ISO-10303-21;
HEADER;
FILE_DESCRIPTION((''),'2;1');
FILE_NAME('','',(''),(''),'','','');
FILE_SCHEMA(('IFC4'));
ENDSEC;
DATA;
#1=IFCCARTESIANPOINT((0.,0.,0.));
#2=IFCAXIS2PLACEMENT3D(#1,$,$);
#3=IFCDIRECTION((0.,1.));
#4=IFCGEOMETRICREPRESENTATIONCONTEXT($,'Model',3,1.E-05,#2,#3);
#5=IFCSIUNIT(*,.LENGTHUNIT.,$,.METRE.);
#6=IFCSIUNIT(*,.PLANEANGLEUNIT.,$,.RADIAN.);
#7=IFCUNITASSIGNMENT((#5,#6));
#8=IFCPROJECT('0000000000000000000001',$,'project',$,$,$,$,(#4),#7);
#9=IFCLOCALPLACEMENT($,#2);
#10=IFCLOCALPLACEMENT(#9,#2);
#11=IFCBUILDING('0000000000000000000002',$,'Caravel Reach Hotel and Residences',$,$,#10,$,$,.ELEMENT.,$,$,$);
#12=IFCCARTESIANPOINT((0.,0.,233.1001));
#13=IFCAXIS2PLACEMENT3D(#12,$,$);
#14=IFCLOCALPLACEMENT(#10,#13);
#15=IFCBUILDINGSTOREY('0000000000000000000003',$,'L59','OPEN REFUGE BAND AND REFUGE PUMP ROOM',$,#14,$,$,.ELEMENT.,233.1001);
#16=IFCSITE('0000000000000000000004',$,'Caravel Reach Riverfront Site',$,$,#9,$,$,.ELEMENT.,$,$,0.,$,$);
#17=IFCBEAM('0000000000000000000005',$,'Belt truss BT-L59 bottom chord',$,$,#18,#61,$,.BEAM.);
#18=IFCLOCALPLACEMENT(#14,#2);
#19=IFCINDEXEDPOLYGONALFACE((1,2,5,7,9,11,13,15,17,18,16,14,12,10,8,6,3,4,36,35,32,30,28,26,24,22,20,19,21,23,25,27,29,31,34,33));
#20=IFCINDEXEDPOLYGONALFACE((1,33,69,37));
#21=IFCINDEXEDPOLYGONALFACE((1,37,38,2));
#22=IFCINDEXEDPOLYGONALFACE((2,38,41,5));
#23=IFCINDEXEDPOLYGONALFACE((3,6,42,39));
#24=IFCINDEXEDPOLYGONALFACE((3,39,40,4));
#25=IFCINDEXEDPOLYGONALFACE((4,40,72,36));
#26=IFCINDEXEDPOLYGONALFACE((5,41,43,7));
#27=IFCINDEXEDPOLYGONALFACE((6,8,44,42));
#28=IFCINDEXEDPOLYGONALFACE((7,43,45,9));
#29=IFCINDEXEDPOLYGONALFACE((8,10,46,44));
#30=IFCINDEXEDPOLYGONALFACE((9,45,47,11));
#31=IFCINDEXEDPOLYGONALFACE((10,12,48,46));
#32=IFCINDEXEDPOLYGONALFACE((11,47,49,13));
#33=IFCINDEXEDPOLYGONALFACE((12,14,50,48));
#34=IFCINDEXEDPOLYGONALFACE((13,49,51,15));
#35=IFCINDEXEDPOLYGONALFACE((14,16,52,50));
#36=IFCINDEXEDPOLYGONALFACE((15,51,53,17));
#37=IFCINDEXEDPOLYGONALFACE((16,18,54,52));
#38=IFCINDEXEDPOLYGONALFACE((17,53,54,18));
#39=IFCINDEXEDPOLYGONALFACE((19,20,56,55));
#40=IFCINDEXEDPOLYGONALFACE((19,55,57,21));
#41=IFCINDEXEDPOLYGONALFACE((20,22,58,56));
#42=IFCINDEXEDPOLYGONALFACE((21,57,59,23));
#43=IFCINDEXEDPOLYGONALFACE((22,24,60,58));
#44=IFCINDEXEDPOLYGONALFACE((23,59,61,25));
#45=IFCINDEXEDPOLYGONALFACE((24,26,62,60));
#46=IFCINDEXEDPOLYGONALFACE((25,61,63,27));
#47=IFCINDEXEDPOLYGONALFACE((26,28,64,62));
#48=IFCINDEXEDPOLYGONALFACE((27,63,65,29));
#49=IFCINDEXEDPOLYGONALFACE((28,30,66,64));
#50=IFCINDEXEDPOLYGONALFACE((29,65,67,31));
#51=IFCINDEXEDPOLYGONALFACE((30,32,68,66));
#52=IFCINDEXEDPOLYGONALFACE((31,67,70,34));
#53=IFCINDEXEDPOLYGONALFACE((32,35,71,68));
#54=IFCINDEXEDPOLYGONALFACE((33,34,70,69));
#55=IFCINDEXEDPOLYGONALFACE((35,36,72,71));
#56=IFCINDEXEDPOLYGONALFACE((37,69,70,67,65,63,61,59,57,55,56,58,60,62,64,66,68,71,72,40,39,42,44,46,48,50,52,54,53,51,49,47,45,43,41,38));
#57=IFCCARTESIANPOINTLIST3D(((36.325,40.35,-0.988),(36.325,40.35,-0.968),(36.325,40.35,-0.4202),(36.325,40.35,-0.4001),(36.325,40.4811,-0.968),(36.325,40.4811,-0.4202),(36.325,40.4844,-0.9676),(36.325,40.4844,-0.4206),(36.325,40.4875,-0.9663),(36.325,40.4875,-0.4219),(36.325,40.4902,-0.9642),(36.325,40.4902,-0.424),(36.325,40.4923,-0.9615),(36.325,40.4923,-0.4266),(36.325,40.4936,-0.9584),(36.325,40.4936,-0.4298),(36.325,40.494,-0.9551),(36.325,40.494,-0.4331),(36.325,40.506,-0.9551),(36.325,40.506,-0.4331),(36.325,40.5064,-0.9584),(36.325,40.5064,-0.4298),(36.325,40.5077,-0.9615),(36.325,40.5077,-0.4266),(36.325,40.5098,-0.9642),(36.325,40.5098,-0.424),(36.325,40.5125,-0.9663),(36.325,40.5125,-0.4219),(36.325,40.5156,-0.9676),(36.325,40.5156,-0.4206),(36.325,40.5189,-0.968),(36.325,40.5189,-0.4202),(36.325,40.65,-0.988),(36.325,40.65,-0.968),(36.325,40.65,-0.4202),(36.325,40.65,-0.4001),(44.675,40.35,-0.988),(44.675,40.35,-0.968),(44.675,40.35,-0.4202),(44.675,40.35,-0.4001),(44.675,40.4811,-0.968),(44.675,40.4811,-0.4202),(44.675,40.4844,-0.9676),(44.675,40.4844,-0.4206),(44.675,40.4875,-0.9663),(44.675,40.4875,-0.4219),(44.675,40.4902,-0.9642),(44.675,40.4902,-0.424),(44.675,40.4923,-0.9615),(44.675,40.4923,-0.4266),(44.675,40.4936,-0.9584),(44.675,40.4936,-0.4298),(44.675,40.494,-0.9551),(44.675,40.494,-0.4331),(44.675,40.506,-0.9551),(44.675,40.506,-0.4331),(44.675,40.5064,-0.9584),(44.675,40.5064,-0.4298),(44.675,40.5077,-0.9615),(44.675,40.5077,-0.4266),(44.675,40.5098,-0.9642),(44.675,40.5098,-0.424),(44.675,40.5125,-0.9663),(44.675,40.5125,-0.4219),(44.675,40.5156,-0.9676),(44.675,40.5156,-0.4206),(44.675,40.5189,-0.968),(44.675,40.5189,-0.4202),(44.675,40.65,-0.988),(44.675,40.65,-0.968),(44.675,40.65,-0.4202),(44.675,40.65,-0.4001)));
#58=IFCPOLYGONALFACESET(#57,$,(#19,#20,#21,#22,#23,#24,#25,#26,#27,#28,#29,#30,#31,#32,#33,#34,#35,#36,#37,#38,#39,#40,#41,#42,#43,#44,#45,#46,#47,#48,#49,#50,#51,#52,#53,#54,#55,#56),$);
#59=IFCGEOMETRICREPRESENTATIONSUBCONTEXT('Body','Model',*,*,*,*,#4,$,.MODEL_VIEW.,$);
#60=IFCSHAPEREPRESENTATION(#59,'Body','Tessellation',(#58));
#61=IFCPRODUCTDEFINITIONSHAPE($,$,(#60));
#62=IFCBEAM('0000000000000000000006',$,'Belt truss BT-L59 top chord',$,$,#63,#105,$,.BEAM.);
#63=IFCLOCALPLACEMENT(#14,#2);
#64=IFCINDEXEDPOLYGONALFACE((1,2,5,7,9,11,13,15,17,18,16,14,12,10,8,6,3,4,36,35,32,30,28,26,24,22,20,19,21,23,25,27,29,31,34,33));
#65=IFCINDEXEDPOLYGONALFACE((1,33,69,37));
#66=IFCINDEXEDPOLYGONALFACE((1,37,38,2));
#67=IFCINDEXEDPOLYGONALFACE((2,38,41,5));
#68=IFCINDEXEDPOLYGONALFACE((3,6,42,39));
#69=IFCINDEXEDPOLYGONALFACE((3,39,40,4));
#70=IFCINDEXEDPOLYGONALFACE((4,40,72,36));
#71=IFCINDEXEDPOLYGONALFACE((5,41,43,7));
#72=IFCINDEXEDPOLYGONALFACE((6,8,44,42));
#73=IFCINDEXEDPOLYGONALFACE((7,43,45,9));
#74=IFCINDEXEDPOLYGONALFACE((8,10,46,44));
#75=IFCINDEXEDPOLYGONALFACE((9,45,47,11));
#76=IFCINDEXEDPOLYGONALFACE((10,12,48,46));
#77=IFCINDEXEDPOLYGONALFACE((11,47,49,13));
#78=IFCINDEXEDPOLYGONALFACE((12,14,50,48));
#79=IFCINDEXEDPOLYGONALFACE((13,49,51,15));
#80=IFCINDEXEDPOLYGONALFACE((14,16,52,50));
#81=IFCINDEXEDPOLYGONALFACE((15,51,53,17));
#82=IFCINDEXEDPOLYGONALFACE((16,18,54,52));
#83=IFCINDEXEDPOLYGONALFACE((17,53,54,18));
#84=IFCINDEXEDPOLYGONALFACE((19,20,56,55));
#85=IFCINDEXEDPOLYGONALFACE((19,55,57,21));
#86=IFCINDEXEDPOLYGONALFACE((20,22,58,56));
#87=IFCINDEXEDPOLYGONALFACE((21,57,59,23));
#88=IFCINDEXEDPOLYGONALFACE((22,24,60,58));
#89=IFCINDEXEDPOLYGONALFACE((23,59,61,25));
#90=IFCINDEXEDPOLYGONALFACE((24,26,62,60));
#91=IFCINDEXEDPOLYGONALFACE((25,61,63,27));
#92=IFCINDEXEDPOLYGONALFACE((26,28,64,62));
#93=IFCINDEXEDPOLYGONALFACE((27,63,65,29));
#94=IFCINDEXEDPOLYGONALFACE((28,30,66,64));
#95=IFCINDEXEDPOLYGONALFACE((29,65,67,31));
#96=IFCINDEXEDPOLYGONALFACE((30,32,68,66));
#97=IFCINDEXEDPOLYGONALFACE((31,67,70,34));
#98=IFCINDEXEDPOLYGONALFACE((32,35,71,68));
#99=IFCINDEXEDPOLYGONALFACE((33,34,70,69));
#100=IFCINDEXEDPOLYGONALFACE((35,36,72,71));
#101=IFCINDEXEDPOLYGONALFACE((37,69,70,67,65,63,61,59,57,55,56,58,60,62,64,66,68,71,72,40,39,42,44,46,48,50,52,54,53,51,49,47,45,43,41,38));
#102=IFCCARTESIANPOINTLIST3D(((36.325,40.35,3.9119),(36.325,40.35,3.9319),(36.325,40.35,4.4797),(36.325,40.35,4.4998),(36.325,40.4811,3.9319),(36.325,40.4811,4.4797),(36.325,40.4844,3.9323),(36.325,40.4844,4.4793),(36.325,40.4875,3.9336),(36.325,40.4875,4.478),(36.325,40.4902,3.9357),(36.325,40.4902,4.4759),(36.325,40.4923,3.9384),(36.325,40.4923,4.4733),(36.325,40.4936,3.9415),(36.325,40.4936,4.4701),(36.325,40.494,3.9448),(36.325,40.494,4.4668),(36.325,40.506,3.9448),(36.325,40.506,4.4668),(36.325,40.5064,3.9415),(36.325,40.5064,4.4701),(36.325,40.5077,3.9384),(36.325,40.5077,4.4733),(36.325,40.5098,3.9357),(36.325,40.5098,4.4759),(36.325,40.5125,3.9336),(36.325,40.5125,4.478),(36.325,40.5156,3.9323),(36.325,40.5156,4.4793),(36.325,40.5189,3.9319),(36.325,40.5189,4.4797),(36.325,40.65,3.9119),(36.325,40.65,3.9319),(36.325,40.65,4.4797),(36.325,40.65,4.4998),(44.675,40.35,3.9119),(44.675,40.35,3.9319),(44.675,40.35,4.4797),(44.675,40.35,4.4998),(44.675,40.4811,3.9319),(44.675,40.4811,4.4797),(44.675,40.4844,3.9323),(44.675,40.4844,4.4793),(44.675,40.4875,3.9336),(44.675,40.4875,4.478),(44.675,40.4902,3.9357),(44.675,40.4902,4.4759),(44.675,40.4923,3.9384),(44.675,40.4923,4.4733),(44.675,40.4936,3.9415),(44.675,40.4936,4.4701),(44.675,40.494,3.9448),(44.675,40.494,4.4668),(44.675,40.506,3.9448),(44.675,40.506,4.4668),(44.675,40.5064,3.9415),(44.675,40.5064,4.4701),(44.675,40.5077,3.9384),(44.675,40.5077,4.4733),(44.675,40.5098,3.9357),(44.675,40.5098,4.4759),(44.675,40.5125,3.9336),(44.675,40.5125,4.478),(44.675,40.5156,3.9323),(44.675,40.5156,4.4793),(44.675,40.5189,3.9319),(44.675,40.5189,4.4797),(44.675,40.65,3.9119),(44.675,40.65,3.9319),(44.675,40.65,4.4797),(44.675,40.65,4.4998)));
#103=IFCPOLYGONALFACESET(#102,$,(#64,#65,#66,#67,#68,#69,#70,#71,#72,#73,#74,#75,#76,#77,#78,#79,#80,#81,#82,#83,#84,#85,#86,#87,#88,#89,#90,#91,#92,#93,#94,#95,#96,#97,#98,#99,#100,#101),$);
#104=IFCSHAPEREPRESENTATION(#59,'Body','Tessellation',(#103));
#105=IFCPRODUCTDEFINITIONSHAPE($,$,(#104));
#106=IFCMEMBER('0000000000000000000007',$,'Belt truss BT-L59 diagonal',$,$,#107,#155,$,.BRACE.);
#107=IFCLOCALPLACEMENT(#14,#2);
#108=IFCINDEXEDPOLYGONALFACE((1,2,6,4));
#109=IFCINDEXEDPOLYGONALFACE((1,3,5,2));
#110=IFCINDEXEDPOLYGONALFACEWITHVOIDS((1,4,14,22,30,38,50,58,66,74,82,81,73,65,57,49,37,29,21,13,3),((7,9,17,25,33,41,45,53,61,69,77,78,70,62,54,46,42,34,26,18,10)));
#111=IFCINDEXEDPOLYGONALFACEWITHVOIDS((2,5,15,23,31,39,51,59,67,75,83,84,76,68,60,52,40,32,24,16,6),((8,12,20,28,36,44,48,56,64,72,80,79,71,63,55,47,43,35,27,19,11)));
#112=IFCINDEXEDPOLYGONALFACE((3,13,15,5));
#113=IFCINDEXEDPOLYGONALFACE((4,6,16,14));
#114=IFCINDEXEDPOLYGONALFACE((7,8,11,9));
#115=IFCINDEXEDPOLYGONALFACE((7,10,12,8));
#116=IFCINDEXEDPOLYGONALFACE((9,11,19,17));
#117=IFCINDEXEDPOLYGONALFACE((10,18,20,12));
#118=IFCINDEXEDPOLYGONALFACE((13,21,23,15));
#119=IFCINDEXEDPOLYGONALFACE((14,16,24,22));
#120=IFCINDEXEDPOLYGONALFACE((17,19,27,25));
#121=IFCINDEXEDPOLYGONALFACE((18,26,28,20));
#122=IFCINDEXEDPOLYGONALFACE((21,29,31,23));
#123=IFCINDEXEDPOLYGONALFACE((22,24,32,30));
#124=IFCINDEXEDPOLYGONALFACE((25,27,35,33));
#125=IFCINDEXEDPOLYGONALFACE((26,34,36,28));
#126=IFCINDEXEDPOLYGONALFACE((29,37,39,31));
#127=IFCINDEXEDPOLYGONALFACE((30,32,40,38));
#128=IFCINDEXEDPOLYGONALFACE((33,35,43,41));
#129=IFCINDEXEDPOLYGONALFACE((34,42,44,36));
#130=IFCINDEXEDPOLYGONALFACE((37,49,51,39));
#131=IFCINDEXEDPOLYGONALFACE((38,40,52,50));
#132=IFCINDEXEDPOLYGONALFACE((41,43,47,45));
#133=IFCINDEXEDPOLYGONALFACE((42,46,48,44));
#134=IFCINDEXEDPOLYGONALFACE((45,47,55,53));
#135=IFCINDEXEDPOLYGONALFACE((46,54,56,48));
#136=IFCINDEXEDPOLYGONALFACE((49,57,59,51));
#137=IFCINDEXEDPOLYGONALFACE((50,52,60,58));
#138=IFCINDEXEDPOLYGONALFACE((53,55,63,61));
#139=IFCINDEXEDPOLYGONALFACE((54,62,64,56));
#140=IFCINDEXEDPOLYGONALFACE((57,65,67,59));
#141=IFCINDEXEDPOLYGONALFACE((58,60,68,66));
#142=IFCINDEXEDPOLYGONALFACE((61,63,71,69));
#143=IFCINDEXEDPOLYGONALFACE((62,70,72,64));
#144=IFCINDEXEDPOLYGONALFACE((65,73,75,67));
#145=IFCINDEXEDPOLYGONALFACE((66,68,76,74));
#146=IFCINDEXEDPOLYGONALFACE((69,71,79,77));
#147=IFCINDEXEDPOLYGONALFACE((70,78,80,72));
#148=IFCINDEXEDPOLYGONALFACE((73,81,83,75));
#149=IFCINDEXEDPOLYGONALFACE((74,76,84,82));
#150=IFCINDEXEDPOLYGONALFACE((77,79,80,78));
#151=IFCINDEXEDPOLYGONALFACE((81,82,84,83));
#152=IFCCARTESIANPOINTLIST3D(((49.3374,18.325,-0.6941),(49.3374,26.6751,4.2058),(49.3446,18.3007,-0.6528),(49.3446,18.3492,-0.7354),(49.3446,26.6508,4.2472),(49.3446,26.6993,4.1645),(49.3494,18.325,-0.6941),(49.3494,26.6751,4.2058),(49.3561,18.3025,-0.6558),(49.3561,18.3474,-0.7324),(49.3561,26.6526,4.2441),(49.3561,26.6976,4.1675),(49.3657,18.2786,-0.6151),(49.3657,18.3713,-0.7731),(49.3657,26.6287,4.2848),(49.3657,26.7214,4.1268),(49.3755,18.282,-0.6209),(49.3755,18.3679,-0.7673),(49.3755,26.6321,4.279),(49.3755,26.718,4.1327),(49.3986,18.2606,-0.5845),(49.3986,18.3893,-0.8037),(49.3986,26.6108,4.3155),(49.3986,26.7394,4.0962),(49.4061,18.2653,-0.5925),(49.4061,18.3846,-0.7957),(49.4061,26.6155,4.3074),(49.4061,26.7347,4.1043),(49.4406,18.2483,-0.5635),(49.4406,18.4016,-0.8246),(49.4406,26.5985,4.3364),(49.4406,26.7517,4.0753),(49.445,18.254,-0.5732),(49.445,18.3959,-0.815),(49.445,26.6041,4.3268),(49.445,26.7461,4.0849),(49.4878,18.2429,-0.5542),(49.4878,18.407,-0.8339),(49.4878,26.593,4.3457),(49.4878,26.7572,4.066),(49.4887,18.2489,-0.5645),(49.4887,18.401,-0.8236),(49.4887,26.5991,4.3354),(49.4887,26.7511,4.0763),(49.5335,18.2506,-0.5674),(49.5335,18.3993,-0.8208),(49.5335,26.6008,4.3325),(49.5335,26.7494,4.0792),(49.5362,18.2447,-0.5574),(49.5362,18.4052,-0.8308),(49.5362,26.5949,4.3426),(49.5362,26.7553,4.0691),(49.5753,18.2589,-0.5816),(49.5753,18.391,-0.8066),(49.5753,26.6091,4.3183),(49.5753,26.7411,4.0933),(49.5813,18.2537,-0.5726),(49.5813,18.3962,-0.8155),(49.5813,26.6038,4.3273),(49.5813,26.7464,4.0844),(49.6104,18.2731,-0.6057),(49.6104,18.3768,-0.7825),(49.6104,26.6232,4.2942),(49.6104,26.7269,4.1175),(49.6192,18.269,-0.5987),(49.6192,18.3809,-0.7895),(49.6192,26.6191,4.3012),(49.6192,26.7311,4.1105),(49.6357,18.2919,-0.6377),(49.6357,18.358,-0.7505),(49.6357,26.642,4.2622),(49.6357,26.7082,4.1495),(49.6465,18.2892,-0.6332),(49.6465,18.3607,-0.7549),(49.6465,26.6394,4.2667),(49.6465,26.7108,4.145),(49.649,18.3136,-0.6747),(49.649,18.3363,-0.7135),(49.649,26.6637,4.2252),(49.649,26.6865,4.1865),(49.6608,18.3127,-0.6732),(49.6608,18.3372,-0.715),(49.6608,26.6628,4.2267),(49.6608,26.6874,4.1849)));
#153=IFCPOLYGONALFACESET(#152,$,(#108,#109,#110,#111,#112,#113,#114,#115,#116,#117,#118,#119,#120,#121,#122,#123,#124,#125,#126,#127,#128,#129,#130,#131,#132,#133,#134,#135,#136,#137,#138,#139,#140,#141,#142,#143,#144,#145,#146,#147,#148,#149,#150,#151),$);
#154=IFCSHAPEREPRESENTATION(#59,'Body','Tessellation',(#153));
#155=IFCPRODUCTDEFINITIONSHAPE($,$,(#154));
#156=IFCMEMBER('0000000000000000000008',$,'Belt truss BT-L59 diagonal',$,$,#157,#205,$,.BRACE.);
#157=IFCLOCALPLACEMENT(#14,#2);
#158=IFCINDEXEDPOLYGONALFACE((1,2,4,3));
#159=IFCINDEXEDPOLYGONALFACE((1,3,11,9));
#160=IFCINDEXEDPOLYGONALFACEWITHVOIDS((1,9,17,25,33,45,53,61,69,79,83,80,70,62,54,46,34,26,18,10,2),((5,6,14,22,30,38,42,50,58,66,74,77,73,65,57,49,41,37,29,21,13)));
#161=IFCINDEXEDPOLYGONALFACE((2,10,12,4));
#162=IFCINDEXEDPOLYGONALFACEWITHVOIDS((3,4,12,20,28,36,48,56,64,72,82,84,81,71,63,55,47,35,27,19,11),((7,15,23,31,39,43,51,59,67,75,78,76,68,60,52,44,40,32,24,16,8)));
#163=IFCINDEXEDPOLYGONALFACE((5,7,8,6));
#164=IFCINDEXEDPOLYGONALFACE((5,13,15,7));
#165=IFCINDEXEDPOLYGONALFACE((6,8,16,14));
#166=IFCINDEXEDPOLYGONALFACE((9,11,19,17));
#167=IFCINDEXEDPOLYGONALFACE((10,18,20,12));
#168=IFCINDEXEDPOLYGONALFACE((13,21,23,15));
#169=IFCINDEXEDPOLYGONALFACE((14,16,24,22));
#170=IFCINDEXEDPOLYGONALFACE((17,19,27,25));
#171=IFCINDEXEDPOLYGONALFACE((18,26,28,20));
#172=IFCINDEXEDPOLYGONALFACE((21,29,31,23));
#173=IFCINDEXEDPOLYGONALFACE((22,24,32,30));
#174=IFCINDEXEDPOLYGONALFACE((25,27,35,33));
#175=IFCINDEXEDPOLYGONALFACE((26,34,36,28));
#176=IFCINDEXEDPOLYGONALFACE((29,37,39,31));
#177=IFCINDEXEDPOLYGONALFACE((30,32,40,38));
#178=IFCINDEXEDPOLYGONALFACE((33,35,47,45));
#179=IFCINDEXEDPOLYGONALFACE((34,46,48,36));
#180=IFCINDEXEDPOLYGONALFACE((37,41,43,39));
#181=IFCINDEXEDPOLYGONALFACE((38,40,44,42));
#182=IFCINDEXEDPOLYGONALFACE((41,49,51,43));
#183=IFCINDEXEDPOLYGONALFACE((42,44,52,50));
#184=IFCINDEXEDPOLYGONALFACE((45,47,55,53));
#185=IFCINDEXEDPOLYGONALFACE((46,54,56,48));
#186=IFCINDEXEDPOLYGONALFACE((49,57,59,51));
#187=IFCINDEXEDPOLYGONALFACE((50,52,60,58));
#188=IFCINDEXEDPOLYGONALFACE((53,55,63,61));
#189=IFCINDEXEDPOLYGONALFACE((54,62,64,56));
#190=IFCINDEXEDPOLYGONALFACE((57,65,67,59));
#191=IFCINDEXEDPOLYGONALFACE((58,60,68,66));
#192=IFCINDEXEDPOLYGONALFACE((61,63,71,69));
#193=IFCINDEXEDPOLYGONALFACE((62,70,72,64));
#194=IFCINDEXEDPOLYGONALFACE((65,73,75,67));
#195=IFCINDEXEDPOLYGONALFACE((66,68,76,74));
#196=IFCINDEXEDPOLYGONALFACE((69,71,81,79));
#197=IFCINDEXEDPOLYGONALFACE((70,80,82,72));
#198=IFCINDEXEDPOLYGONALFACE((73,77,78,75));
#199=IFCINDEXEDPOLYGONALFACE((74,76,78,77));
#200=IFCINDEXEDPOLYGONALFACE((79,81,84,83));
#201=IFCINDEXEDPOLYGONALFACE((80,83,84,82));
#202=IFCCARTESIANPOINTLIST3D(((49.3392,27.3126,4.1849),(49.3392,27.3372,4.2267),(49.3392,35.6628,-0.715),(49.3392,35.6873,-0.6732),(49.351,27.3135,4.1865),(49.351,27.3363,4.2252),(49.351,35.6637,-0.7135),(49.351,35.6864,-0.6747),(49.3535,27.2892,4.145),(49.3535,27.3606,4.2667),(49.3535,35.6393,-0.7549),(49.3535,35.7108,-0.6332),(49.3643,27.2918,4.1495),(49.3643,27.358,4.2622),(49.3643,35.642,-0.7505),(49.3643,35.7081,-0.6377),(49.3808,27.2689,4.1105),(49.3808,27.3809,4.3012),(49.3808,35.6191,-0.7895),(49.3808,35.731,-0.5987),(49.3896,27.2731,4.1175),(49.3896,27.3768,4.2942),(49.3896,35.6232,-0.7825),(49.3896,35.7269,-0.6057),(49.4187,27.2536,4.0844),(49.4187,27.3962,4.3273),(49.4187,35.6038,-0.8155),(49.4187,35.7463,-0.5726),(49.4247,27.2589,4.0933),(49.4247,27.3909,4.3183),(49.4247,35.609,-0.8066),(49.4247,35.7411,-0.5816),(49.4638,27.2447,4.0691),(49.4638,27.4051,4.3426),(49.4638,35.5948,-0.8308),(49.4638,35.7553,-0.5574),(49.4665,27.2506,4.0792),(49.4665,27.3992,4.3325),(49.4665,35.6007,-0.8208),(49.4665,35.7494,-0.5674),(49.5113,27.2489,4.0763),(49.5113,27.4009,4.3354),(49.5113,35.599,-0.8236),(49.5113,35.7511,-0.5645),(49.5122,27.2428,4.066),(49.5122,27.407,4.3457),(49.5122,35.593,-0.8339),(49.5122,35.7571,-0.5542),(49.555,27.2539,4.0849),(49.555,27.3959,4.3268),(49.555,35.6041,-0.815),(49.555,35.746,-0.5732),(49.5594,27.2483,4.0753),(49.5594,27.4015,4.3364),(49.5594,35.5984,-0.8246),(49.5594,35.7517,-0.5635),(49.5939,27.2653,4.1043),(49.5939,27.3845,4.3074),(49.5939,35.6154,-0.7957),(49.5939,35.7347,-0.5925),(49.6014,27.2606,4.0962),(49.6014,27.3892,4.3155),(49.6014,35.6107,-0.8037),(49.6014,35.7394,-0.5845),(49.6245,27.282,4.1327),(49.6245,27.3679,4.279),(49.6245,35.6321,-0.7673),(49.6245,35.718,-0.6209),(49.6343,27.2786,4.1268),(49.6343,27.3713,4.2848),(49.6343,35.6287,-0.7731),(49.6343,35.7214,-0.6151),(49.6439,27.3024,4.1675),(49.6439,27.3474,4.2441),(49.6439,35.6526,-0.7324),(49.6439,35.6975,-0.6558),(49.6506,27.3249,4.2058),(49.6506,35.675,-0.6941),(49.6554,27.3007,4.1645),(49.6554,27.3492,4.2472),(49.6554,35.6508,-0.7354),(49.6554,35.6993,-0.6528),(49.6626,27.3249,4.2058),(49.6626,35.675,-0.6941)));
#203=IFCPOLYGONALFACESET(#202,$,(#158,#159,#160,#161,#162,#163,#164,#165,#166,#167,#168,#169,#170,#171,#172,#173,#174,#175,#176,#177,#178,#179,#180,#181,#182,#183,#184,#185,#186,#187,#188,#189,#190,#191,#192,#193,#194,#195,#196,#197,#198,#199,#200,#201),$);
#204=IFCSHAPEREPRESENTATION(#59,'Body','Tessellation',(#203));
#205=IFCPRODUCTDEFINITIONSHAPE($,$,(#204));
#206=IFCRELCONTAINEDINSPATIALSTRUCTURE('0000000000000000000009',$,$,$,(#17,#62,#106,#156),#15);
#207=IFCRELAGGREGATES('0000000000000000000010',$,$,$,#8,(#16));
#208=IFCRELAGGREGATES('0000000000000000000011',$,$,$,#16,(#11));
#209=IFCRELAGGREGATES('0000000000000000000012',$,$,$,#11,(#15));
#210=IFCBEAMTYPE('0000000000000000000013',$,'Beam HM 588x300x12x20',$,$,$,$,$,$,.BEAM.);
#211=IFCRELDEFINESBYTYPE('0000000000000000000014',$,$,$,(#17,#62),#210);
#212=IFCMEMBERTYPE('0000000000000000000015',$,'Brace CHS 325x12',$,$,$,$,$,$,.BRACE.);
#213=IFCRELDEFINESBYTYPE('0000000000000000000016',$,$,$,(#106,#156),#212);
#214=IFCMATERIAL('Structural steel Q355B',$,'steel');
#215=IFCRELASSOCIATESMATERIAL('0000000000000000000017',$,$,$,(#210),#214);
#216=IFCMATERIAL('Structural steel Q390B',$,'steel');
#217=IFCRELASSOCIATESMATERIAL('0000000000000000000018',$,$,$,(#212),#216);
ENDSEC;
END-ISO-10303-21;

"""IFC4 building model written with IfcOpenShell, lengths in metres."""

from ifc_helpers import new_model, si_unit, direction, frame, origin, origin_2d, place, context, subcontext, project, spatial, hollow_circle, i_section, extrude, material, material_profile, profile_set, type_object, element, save


model = new_model("IFC4")

# Units and contexts
model_context = context("Model", 3, precision=1e-05, world=origin(), true_north=direction((0.0, 1.0)))
body_context = subcontext(model_context, "Body", "Model", "MODEL_VIEW")
ifc_project = project(units=[si_unit("LENGTHUNIT", "METRE"), si_unit("PLANEANGLEUNIT", "RADIAN")], contexts=[model_context])

# Site, building, storey
site_placement = place(None, origin())
site = spatial("IfcSite", under=ifc_project, at=site_placement, Name="Caravel Reach Riverfront Site", CompositionType="ELEMENT", RefElevation=0.0)
building_placement = place(site_placement, origin())
building = spatial("IfcBuilding", under=site, at=building_placement, Name="Caravel Reach Hotel and Residences", CompositionType="ELEMENT")
storey_placement = place(building_placement, frame((0.0, 0.0, 233.1001)))
storey = spatial("IfcBuildingStorey", under=building, at=storey_placement, Name="L59", Description="OPEN REFUGE BAND AND REFUGE PUMP ROOM", CompositionType="ELEMENT", Elevation=233.1001)

# Beams
ifc_material_1 = material(Name="Structural steel Q355B", Category="steel")
ifc_material_profile_1 = material_profile(ifc_material_1, i_section(OverallWidth=0.3, OverallDepth=0.5879, WebThickness=0.012, FlangeThickness=0.02, FilletRadius=0.0129, at=origin_2d()), Name="HM 588x300x12x20")
ifc_profile_set_1 = profile_set([ifc_material_profile_1], Name="Structural steel Q355B")
beam_type = type_object("IfcBeamType", Name="Beam HM 588x300x12x20", PredefinedType="BEAM", material=ifc_profile_set_1)
for number, where, z_axis, x_axis, name in (
    (1, (44.675, 40.5, -0.6941), (-1.0, 0.0, 0.0), (0.0, -1.0, 0.0), "Belt truss BT-L59 bottom chord"),
    (2, (44.675, 40.5, 4.2058), (-1.0, 0.0, 0.0), (0.0, -1.0, 0.0), "Belt truss BT-L59 top chord"),
):
    element("IfcBeam", number, at=place(storey_placement, frame(where, z_axis=z_axis, x_axis=x_axis)), inside=storey, type_object=beam_type, Name=name, PredefinedType="BEAM", context=body_context, shape_type="SweptSolid", body=[
        extrude(i_section(OverallWidth=0.3, OverallDepth=0.5879, WebThickness=0.012, FlangeThickness=0.02, FilletRadius=0.0129, at=origin_2d()), origin(), (0.0, 0.0, 1.0), 8.3501),
    ])

# Members
ifc_material_2 = material(Name="Structural steel Q390B", Category="steel")
ifc_material_profile_2 = material_profile(ifc_material_2, hollow_circle(Radius=0.1626, WallThickness=0.012, at=origin_2d()), Name="CHS 325x12")
ifc_profile_set_2 = profile_set([ifc_material_profile_2], Name="Structural steel Q390B")
member_type = type_object("IfcMemberType", Name="Brace CHS 325x12", PredefinedType="BRACE", material=ifc_profile_set_2)
for number, where, z_axis, x_axis, name in (
    (3, (49.5, 18.325, -0.6941), (0.0, 0.862472, 0.506105), (-1.0, 0.0, 0.0), "Belt truss BT-L59 diagonal"),
    (4, (49.5, 35.675, -0.6941), (0.0, -0.862472, 0.506105), (1.0, 0.0, 0.0), "Belt truss BT-L59 diagonal"),
):
    element("IfcMember", number, at=place(storey_placement, frame(where, z_axis=z_axis, x_axis=x_axis)), inside=storey, type_object=member_type, Name=name, PredefinedType="BRACE", context=body_context, shape_type="SweptSolid", body=[
        extrude(hollow_circle(Radius=0.1626, WallThickness=0.012, at=origin_2d()), origin(), (0.0, 0.0, 1.0), 9.6816),
    ])

save(model, "model.ifc")
